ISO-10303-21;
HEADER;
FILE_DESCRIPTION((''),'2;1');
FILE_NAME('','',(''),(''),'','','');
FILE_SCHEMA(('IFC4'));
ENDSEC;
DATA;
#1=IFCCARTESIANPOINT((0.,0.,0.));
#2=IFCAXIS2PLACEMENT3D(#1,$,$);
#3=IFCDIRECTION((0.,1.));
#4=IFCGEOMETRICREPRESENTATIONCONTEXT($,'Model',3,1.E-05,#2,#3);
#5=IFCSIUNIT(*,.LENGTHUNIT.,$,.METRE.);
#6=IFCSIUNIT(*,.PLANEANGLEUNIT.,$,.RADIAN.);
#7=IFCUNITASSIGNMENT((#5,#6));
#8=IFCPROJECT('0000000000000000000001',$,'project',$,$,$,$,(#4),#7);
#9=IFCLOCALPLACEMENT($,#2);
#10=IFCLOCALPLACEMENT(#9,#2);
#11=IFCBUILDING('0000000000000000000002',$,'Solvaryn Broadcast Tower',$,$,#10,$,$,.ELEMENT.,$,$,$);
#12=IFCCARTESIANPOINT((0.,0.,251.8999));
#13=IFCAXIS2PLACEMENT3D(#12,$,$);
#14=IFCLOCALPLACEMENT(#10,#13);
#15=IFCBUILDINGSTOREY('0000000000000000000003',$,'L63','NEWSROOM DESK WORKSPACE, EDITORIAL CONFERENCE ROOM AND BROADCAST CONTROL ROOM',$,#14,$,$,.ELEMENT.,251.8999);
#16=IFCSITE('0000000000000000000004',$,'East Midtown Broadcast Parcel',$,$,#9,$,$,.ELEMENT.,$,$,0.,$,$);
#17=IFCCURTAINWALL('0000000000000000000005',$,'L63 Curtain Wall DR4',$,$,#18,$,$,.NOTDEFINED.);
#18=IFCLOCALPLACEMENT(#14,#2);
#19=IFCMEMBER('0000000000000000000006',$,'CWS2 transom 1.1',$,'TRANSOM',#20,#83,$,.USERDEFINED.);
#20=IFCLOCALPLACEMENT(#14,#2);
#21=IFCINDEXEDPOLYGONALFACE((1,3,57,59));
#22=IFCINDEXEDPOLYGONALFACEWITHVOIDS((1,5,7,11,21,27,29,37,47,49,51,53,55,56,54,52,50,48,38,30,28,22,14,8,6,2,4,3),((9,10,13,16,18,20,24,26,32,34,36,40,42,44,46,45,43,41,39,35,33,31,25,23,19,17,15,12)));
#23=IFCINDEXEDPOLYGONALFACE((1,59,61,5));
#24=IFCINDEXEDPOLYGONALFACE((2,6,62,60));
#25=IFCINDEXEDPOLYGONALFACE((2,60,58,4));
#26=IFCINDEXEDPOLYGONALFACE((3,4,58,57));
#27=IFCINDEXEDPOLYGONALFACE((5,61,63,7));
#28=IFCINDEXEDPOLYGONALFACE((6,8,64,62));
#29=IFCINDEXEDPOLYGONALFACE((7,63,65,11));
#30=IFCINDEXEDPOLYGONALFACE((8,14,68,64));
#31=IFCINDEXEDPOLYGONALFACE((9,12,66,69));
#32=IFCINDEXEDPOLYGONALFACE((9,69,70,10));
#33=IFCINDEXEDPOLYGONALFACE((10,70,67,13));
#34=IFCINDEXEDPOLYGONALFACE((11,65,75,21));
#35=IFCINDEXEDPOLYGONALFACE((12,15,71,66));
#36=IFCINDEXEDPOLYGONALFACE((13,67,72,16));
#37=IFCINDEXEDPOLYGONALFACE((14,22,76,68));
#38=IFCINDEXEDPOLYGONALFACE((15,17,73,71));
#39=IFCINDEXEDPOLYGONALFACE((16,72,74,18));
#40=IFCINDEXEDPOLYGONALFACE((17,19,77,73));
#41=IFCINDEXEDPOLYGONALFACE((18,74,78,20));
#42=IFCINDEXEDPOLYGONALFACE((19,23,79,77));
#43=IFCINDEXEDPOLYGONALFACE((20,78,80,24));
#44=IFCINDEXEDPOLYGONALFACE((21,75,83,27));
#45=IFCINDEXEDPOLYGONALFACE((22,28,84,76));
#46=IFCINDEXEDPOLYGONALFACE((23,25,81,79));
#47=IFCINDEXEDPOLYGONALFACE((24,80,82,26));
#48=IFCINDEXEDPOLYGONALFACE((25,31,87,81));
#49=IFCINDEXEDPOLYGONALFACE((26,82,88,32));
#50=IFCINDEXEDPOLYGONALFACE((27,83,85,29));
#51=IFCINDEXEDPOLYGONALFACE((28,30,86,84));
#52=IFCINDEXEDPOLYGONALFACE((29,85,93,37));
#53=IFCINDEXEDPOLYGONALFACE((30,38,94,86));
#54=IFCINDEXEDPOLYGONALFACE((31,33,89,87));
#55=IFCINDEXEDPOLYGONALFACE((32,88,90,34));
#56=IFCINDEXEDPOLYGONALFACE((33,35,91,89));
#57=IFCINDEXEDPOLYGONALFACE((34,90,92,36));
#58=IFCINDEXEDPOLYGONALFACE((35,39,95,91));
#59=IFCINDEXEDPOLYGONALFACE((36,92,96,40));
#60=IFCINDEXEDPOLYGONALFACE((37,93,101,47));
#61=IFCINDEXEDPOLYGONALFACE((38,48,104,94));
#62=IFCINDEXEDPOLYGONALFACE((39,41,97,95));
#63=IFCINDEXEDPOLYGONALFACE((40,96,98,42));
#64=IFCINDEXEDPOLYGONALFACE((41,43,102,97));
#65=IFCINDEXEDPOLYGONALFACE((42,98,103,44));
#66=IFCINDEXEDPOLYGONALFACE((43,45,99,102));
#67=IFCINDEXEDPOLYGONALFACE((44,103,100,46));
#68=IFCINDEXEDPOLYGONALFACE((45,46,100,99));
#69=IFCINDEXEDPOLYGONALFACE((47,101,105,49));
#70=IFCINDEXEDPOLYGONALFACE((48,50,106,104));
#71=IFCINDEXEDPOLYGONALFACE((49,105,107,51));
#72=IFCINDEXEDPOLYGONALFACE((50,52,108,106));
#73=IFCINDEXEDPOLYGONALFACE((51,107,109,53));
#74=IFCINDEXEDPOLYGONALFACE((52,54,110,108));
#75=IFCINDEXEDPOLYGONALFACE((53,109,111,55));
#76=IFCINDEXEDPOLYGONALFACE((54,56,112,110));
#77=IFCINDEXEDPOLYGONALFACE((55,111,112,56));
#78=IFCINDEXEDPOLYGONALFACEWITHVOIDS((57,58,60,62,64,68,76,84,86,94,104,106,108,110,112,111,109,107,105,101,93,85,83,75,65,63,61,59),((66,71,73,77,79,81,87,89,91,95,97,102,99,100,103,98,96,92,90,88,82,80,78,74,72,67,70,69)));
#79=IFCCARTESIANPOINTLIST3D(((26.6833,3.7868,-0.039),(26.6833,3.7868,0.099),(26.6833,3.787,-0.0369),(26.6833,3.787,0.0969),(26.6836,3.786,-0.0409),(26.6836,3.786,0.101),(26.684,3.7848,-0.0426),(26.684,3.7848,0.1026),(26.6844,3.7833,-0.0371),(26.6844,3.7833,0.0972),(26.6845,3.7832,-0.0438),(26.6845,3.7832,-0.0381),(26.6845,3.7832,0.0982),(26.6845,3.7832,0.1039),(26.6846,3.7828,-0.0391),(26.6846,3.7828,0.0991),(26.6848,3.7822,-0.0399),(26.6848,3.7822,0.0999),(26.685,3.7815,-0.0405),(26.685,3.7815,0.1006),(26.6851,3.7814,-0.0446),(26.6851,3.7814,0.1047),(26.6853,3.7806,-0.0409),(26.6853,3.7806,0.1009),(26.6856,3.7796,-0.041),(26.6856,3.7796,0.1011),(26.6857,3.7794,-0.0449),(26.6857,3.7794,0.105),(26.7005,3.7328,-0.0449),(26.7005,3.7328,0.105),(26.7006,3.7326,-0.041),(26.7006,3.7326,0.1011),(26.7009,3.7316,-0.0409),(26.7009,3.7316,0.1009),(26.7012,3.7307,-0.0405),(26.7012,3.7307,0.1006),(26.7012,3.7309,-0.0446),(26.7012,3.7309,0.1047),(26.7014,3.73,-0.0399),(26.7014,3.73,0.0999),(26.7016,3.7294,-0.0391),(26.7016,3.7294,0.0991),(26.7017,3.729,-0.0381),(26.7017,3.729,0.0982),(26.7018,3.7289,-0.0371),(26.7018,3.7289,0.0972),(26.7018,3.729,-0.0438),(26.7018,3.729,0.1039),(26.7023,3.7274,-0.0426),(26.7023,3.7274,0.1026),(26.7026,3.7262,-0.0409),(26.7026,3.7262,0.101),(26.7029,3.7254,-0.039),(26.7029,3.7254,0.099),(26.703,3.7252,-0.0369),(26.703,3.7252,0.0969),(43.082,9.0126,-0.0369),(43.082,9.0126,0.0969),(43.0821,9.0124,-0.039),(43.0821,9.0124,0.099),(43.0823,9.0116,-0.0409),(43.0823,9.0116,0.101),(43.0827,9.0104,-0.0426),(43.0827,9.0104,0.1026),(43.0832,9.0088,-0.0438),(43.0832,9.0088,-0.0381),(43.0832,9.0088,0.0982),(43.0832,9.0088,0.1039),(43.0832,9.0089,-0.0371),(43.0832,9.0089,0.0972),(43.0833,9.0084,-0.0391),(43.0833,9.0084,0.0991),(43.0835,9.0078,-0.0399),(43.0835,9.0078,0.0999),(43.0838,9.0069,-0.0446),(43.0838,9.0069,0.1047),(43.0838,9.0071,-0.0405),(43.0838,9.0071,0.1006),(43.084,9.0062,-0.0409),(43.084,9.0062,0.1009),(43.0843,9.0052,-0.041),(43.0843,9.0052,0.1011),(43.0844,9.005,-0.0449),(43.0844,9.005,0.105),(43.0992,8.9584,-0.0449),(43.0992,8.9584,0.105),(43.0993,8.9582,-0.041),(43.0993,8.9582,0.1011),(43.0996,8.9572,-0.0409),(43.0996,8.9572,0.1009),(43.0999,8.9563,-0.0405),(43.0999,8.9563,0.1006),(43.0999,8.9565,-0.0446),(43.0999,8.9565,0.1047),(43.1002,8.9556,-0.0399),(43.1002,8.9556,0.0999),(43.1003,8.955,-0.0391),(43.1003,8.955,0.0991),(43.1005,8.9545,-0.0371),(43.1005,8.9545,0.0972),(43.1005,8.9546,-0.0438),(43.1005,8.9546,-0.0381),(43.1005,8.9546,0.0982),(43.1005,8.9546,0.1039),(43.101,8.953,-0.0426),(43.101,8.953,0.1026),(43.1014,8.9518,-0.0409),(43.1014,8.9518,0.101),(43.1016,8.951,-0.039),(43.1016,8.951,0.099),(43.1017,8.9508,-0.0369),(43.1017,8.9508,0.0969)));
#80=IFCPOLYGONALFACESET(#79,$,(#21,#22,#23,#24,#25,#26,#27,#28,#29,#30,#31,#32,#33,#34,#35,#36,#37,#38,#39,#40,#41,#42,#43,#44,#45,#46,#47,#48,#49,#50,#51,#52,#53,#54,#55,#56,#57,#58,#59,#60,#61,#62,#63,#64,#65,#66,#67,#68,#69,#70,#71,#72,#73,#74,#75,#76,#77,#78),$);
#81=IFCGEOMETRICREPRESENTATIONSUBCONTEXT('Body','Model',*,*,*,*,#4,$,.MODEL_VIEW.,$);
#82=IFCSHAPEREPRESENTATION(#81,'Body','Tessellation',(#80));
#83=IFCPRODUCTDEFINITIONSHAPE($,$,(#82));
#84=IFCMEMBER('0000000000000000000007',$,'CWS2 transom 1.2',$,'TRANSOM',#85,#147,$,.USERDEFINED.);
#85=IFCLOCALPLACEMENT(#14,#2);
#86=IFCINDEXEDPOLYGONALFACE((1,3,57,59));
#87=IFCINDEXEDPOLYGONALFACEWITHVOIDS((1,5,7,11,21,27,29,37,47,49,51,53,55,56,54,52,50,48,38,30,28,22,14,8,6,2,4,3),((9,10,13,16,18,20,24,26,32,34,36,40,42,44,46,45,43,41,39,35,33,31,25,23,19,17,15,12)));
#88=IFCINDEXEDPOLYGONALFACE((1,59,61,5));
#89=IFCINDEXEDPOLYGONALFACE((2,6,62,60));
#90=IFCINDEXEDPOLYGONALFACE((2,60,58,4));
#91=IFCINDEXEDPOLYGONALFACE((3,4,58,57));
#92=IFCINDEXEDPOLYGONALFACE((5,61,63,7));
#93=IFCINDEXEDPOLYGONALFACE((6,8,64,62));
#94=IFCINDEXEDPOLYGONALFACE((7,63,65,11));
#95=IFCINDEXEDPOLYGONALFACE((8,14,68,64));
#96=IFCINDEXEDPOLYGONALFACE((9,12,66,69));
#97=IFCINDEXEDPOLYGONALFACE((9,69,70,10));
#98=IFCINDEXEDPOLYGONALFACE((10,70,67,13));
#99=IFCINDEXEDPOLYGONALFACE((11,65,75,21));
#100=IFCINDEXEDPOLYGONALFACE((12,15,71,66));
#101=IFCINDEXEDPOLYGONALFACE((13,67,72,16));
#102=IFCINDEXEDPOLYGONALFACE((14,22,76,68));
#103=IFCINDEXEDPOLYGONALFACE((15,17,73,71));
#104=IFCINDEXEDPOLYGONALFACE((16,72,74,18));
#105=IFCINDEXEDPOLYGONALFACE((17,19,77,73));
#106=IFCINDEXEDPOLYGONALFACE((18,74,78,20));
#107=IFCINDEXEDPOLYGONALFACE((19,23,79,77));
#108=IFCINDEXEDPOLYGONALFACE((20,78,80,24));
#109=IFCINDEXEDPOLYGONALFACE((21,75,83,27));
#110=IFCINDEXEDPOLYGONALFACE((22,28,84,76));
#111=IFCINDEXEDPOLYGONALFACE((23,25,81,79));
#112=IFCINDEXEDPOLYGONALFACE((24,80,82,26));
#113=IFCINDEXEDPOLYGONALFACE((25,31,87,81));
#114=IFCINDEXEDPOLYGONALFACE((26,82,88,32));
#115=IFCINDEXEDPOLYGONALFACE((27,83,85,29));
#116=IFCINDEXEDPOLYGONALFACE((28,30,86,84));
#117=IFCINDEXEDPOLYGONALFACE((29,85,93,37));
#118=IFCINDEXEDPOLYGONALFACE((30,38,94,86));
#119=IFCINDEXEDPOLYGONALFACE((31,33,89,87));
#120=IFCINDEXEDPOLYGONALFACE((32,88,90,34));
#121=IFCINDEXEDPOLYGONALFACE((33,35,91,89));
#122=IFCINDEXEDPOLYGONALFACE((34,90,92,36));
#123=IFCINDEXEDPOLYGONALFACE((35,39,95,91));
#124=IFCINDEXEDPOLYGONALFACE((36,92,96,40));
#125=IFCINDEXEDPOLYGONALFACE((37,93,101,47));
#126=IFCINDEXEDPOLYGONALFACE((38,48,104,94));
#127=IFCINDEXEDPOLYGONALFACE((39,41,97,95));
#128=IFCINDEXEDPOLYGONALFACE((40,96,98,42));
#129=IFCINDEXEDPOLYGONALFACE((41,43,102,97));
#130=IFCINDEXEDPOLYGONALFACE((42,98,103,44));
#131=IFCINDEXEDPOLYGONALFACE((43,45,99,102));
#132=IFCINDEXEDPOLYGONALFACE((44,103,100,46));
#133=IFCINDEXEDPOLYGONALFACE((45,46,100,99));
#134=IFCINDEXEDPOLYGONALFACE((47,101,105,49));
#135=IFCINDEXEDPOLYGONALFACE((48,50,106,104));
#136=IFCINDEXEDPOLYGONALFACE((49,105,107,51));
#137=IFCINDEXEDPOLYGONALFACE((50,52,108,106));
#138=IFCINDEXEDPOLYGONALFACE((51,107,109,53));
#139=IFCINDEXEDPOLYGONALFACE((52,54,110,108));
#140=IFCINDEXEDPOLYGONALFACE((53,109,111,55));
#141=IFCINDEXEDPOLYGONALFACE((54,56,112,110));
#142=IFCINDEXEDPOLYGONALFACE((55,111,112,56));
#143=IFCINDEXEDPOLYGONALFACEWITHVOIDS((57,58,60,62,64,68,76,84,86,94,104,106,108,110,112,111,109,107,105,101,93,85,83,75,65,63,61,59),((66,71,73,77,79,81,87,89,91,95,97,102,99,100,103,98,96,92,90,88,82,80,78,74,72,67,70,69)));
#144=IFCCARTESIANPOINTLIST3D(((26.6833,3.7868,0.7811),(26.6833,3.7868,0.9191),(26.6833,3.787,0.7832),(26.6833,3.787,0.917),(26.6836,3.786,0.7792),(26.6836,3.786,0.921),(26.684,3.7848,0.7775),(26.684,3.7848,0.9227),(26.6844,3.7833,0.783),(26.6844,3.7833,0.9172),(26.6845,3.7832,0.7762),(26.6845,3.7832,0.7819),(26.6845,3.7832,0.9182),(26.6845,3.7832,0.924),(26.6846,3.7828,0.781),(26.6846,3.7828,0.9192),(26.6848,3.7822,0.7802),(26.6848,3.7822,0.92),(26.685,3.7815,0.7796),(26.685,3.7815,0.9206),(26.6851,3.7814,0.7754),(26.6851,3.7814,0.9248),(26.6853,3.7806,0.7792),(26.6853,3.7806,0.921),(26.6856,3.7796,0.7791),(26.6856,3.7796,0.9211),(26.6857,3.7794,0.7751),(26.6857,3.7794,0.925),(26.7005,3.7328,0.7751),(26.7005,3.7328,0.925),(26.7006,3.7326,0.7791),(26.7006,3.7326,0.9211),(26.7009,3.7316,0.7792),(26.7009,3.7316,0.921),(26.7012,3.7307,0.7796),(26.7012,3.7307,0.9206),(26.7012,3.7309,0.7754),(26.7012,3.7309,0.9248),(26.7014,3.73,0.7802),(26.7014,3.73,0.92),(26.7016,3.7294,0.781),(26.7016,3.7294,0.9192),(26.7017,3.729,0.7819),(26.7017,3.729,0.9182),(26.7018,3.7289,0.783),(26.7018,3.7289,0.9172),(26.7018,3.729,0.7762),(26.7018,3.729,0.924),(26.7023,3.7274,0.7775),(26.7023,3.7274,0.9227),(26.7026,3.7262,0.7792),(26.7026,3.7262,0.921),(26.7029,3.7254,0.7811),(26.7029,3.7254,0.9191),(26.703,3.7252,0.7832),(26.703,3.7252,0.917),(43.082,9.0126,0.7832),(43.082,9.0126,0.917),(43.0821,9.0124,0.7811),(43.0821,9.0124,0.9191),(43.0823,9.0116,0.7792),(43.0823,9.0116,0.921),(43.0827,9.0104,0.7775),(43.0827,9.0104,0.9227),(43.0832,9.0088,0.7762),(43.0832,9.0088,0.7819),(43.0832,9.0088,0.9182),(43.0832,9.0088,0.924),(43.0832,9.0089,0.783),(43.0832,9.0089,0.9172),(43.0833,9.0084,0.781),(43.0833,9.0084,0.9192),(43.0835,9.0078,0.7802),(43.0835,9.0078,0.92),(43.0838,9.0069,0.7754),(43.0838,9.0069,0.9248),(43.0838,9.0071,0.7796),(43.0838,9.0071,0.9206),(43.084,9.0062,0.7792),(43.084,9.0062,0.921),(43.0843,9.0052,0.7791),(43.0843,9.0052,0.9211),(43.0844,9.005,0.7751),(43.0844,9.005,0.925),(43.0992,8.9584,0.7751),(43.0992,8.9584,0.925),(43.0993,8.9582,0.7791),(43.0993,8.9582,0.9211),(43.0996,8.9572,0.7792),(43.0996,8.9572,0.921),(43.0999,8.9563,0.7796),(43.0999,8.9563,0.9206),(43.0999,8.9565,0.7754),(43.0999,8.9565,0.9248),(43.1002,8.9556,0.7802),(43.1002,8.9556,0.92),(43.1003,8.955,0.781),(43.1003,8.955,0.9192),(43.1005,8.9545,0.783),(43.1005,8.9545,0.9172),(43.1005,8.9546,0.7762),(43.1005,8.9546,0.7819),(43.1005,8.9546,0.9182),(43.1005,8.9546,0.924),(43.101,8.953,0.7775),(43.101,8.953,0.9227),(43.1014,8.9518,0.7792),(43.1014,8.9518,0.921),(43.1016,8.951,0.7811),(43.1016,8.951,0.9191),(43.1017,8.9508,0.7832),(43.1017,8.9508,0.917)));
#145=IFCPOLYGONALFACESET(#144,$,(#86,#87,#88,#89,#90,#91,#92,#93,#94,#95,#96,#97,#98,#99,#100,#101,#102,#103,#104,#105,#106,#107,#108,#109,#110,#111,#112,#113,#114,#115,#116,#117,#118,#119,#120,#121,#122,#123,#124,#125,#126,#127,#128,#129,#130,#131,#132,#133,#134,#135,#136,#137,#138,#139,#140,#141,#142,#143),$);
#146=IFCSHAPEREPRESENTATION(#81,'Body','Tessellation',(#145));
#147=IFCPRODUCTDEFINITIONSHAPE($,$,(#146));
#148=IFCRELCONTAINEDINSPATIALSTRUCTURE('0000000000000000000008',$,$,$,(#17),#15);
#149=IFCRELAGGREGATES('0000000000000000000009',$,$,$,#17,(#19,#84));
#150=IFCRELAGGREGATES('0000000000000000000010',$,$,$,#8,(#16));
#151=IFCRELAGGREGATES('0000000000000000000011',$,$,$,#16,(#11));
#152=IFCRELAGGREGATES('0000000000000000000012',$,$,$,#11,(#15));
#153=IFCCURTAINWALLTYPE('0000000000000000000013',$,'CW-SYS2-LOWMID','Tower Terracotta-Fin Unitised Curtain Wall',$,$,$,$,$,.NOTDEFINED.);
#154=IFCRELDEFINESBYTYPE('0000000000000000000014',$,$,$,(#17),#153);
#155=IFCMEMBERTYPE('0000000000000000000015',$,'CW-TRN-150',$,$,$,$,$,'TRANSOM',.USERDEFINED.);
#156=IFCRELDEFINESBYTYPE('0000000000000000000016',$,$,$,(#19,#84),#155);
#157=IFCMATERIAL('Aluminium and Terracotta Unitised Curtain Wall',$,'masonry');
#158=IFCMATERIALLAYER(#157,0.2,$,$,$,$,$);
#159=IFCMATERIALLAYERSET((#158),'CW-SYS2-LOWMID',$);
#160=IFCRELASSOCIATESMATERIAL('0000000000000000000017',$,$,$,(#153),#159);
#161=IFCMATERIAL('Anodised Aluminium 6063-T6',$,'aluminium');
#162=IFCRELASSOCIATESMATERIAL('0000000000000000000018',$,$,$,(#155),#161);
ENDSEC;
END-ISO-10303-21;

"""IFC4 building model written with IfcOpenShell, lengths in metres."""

from ifc_helpers import new_model, si_unit, direction, frame, origin, origin_2d, place, context, subcontext, project, spatial, hollow_rectangle, extrude, material, layer, layer_set, material_profile, profile_set, type_object, element, aggregate, save


model = new_model("IFC4")

# Units and contexts
model_context = context("Model", 3, precision=1e-05, world=origin(), true_north=direction((0.0, 1.0)))
body_context = subcontext(model_context, "Body", "Model", "MODEL_VIEW")
ifc_project = project(units=[si_unit("LENGTHUNIT", "METRE"), si_unit("PLANEANGLEUNIT", "RADIAN")], contexts=[model_context])

# Site, building, storey
site_placement = place(None, origin())
site = spatial("IfcSite", under=ifc_project, at=site_placement, Name="East Midtown Broadcast Parcel", CompositionType="ELEMENT", RefElevation=0.0)
building_placement = place(site_placement, origin())
building = spatial("IfcBuilding", under=site, at=building_placement, Name="Solvaryn Broadcast Tower", CompositionType="ELEMENT")
storey_placement = place(building_placement, frame((0.0, 0.0, 251.8999)))
storey = spatial("IfcBuildingStorey", under=building, at=storey_placement, Name="L63", Description="NEWSROOM DESK WORKSPACE, EDITORIAL CONFERENCE ROOM AND BROADCAST CONTROL ROOM", CompositionType="ELEMENT", Elevation=251.8999)

# Shared definitions
ifc_material_1 = material(Name="Aluminium and Terracotta Unitised Curtain Wall", Category="masonry")
ifc_layer_1 = layer(ifc_material_1, 0.2)
ifc_layer_set_1 = layer_set([ifc_layer_1], Name="CW-SYS2-LOWMID")
curtain_wall_type = type_object("IfcCurtainWallType", Name="CW-SYS2-LOWMID", Description="Tower Terracotta-Fin Unitised Curtain Wall", PredefinedType="NOTDEFINED", material=ifc_layer_set_1)

# Curtain wall, members
curtain_wall_1_placement = place(storey_placement, origin())
curtain_wall_1 = element("IfcCurtainWall", 1, at=curtain_wall_1_placement, inside=storey, type_object=curtain_wall_type, Name="L63 Curtain Wall DR4", PredefinedType="NOTDEFINED")
ifc_material_2 = material(Name="Anodised Aluminium 6063-T6", Category="aluminium")
ifc_material_profile_1 = material_profile(ifc_material_2, hollow_rectangle(XDim=0.0649, YDim=0.1499, WallThickness=0.0039, InnerFilletRadius=0.0039, OuterFilletRadius=0.0081, at=origin_2d()))
ifc_profile_set_1 = profile_set([ifc_material_profile_1], Name="Anodised Aluminium 6063-T6")
member_type_1 = type_object("IfcMemberType", Name="CW-TRN-150", ElementType="TRANSOM", PredefinedType="USERDEFINED", material=ifc_profile_set_1)
member_1_placement = place(storey_placement, frame((26.6931, 3.7561, 0.03), z_axis=(0.952794, 0.303616, 0.0), x_axis=(-0.303616, 0.952794, 0.0)))
member_1 = element("IfcMember", 2, at=member_1_placement, type_object=member_type_1, Name="CWS2 transom 1.1", ObjectType="TRANSOM", PredefinedType="USERDEFINED", context=body_context, shape_type="SweptSolid", body=[
    extrude(hollow_rectangle(XDim=0.0649, YDim=0.1499, WallThickness=0.0039, InnerFilletRadius=0.0039, OuterFilletRadius=0.0081, at=origin_2d()), origin(), (0.0, 0.0, 1.0), 17.2112),
])
member_2_placement = place(storey_placement, frame((26.6931, 3.7561, 0.8501), z_axis=(0.952794, 0.303616, 0.0), x_axis=(-0.303616, 0.952794, 0.0)))
member_2 = element("IfcMember", 3, at=member_2_placement, type_object=member_type_1, Name="CWS2 transom 1.2", ObjectType="TRANSOM", PredefinedType="USERDEFINED", context=body_context, shape_type="SweptSolid", body=[
    extrude(hollow_rectangle(XDim=0.0649, YDim=0.1499, WallThickness=0.0039, InnerFilletRadius=0.0039, OuterFilletRadius=0.0081, at=origin_2d()), origin(), (0.0, 0.0, 1.0), 17.2112),
])
aggregate(curtain_wall_1, [member_1, member_2])

save(model, "model.ifc")
